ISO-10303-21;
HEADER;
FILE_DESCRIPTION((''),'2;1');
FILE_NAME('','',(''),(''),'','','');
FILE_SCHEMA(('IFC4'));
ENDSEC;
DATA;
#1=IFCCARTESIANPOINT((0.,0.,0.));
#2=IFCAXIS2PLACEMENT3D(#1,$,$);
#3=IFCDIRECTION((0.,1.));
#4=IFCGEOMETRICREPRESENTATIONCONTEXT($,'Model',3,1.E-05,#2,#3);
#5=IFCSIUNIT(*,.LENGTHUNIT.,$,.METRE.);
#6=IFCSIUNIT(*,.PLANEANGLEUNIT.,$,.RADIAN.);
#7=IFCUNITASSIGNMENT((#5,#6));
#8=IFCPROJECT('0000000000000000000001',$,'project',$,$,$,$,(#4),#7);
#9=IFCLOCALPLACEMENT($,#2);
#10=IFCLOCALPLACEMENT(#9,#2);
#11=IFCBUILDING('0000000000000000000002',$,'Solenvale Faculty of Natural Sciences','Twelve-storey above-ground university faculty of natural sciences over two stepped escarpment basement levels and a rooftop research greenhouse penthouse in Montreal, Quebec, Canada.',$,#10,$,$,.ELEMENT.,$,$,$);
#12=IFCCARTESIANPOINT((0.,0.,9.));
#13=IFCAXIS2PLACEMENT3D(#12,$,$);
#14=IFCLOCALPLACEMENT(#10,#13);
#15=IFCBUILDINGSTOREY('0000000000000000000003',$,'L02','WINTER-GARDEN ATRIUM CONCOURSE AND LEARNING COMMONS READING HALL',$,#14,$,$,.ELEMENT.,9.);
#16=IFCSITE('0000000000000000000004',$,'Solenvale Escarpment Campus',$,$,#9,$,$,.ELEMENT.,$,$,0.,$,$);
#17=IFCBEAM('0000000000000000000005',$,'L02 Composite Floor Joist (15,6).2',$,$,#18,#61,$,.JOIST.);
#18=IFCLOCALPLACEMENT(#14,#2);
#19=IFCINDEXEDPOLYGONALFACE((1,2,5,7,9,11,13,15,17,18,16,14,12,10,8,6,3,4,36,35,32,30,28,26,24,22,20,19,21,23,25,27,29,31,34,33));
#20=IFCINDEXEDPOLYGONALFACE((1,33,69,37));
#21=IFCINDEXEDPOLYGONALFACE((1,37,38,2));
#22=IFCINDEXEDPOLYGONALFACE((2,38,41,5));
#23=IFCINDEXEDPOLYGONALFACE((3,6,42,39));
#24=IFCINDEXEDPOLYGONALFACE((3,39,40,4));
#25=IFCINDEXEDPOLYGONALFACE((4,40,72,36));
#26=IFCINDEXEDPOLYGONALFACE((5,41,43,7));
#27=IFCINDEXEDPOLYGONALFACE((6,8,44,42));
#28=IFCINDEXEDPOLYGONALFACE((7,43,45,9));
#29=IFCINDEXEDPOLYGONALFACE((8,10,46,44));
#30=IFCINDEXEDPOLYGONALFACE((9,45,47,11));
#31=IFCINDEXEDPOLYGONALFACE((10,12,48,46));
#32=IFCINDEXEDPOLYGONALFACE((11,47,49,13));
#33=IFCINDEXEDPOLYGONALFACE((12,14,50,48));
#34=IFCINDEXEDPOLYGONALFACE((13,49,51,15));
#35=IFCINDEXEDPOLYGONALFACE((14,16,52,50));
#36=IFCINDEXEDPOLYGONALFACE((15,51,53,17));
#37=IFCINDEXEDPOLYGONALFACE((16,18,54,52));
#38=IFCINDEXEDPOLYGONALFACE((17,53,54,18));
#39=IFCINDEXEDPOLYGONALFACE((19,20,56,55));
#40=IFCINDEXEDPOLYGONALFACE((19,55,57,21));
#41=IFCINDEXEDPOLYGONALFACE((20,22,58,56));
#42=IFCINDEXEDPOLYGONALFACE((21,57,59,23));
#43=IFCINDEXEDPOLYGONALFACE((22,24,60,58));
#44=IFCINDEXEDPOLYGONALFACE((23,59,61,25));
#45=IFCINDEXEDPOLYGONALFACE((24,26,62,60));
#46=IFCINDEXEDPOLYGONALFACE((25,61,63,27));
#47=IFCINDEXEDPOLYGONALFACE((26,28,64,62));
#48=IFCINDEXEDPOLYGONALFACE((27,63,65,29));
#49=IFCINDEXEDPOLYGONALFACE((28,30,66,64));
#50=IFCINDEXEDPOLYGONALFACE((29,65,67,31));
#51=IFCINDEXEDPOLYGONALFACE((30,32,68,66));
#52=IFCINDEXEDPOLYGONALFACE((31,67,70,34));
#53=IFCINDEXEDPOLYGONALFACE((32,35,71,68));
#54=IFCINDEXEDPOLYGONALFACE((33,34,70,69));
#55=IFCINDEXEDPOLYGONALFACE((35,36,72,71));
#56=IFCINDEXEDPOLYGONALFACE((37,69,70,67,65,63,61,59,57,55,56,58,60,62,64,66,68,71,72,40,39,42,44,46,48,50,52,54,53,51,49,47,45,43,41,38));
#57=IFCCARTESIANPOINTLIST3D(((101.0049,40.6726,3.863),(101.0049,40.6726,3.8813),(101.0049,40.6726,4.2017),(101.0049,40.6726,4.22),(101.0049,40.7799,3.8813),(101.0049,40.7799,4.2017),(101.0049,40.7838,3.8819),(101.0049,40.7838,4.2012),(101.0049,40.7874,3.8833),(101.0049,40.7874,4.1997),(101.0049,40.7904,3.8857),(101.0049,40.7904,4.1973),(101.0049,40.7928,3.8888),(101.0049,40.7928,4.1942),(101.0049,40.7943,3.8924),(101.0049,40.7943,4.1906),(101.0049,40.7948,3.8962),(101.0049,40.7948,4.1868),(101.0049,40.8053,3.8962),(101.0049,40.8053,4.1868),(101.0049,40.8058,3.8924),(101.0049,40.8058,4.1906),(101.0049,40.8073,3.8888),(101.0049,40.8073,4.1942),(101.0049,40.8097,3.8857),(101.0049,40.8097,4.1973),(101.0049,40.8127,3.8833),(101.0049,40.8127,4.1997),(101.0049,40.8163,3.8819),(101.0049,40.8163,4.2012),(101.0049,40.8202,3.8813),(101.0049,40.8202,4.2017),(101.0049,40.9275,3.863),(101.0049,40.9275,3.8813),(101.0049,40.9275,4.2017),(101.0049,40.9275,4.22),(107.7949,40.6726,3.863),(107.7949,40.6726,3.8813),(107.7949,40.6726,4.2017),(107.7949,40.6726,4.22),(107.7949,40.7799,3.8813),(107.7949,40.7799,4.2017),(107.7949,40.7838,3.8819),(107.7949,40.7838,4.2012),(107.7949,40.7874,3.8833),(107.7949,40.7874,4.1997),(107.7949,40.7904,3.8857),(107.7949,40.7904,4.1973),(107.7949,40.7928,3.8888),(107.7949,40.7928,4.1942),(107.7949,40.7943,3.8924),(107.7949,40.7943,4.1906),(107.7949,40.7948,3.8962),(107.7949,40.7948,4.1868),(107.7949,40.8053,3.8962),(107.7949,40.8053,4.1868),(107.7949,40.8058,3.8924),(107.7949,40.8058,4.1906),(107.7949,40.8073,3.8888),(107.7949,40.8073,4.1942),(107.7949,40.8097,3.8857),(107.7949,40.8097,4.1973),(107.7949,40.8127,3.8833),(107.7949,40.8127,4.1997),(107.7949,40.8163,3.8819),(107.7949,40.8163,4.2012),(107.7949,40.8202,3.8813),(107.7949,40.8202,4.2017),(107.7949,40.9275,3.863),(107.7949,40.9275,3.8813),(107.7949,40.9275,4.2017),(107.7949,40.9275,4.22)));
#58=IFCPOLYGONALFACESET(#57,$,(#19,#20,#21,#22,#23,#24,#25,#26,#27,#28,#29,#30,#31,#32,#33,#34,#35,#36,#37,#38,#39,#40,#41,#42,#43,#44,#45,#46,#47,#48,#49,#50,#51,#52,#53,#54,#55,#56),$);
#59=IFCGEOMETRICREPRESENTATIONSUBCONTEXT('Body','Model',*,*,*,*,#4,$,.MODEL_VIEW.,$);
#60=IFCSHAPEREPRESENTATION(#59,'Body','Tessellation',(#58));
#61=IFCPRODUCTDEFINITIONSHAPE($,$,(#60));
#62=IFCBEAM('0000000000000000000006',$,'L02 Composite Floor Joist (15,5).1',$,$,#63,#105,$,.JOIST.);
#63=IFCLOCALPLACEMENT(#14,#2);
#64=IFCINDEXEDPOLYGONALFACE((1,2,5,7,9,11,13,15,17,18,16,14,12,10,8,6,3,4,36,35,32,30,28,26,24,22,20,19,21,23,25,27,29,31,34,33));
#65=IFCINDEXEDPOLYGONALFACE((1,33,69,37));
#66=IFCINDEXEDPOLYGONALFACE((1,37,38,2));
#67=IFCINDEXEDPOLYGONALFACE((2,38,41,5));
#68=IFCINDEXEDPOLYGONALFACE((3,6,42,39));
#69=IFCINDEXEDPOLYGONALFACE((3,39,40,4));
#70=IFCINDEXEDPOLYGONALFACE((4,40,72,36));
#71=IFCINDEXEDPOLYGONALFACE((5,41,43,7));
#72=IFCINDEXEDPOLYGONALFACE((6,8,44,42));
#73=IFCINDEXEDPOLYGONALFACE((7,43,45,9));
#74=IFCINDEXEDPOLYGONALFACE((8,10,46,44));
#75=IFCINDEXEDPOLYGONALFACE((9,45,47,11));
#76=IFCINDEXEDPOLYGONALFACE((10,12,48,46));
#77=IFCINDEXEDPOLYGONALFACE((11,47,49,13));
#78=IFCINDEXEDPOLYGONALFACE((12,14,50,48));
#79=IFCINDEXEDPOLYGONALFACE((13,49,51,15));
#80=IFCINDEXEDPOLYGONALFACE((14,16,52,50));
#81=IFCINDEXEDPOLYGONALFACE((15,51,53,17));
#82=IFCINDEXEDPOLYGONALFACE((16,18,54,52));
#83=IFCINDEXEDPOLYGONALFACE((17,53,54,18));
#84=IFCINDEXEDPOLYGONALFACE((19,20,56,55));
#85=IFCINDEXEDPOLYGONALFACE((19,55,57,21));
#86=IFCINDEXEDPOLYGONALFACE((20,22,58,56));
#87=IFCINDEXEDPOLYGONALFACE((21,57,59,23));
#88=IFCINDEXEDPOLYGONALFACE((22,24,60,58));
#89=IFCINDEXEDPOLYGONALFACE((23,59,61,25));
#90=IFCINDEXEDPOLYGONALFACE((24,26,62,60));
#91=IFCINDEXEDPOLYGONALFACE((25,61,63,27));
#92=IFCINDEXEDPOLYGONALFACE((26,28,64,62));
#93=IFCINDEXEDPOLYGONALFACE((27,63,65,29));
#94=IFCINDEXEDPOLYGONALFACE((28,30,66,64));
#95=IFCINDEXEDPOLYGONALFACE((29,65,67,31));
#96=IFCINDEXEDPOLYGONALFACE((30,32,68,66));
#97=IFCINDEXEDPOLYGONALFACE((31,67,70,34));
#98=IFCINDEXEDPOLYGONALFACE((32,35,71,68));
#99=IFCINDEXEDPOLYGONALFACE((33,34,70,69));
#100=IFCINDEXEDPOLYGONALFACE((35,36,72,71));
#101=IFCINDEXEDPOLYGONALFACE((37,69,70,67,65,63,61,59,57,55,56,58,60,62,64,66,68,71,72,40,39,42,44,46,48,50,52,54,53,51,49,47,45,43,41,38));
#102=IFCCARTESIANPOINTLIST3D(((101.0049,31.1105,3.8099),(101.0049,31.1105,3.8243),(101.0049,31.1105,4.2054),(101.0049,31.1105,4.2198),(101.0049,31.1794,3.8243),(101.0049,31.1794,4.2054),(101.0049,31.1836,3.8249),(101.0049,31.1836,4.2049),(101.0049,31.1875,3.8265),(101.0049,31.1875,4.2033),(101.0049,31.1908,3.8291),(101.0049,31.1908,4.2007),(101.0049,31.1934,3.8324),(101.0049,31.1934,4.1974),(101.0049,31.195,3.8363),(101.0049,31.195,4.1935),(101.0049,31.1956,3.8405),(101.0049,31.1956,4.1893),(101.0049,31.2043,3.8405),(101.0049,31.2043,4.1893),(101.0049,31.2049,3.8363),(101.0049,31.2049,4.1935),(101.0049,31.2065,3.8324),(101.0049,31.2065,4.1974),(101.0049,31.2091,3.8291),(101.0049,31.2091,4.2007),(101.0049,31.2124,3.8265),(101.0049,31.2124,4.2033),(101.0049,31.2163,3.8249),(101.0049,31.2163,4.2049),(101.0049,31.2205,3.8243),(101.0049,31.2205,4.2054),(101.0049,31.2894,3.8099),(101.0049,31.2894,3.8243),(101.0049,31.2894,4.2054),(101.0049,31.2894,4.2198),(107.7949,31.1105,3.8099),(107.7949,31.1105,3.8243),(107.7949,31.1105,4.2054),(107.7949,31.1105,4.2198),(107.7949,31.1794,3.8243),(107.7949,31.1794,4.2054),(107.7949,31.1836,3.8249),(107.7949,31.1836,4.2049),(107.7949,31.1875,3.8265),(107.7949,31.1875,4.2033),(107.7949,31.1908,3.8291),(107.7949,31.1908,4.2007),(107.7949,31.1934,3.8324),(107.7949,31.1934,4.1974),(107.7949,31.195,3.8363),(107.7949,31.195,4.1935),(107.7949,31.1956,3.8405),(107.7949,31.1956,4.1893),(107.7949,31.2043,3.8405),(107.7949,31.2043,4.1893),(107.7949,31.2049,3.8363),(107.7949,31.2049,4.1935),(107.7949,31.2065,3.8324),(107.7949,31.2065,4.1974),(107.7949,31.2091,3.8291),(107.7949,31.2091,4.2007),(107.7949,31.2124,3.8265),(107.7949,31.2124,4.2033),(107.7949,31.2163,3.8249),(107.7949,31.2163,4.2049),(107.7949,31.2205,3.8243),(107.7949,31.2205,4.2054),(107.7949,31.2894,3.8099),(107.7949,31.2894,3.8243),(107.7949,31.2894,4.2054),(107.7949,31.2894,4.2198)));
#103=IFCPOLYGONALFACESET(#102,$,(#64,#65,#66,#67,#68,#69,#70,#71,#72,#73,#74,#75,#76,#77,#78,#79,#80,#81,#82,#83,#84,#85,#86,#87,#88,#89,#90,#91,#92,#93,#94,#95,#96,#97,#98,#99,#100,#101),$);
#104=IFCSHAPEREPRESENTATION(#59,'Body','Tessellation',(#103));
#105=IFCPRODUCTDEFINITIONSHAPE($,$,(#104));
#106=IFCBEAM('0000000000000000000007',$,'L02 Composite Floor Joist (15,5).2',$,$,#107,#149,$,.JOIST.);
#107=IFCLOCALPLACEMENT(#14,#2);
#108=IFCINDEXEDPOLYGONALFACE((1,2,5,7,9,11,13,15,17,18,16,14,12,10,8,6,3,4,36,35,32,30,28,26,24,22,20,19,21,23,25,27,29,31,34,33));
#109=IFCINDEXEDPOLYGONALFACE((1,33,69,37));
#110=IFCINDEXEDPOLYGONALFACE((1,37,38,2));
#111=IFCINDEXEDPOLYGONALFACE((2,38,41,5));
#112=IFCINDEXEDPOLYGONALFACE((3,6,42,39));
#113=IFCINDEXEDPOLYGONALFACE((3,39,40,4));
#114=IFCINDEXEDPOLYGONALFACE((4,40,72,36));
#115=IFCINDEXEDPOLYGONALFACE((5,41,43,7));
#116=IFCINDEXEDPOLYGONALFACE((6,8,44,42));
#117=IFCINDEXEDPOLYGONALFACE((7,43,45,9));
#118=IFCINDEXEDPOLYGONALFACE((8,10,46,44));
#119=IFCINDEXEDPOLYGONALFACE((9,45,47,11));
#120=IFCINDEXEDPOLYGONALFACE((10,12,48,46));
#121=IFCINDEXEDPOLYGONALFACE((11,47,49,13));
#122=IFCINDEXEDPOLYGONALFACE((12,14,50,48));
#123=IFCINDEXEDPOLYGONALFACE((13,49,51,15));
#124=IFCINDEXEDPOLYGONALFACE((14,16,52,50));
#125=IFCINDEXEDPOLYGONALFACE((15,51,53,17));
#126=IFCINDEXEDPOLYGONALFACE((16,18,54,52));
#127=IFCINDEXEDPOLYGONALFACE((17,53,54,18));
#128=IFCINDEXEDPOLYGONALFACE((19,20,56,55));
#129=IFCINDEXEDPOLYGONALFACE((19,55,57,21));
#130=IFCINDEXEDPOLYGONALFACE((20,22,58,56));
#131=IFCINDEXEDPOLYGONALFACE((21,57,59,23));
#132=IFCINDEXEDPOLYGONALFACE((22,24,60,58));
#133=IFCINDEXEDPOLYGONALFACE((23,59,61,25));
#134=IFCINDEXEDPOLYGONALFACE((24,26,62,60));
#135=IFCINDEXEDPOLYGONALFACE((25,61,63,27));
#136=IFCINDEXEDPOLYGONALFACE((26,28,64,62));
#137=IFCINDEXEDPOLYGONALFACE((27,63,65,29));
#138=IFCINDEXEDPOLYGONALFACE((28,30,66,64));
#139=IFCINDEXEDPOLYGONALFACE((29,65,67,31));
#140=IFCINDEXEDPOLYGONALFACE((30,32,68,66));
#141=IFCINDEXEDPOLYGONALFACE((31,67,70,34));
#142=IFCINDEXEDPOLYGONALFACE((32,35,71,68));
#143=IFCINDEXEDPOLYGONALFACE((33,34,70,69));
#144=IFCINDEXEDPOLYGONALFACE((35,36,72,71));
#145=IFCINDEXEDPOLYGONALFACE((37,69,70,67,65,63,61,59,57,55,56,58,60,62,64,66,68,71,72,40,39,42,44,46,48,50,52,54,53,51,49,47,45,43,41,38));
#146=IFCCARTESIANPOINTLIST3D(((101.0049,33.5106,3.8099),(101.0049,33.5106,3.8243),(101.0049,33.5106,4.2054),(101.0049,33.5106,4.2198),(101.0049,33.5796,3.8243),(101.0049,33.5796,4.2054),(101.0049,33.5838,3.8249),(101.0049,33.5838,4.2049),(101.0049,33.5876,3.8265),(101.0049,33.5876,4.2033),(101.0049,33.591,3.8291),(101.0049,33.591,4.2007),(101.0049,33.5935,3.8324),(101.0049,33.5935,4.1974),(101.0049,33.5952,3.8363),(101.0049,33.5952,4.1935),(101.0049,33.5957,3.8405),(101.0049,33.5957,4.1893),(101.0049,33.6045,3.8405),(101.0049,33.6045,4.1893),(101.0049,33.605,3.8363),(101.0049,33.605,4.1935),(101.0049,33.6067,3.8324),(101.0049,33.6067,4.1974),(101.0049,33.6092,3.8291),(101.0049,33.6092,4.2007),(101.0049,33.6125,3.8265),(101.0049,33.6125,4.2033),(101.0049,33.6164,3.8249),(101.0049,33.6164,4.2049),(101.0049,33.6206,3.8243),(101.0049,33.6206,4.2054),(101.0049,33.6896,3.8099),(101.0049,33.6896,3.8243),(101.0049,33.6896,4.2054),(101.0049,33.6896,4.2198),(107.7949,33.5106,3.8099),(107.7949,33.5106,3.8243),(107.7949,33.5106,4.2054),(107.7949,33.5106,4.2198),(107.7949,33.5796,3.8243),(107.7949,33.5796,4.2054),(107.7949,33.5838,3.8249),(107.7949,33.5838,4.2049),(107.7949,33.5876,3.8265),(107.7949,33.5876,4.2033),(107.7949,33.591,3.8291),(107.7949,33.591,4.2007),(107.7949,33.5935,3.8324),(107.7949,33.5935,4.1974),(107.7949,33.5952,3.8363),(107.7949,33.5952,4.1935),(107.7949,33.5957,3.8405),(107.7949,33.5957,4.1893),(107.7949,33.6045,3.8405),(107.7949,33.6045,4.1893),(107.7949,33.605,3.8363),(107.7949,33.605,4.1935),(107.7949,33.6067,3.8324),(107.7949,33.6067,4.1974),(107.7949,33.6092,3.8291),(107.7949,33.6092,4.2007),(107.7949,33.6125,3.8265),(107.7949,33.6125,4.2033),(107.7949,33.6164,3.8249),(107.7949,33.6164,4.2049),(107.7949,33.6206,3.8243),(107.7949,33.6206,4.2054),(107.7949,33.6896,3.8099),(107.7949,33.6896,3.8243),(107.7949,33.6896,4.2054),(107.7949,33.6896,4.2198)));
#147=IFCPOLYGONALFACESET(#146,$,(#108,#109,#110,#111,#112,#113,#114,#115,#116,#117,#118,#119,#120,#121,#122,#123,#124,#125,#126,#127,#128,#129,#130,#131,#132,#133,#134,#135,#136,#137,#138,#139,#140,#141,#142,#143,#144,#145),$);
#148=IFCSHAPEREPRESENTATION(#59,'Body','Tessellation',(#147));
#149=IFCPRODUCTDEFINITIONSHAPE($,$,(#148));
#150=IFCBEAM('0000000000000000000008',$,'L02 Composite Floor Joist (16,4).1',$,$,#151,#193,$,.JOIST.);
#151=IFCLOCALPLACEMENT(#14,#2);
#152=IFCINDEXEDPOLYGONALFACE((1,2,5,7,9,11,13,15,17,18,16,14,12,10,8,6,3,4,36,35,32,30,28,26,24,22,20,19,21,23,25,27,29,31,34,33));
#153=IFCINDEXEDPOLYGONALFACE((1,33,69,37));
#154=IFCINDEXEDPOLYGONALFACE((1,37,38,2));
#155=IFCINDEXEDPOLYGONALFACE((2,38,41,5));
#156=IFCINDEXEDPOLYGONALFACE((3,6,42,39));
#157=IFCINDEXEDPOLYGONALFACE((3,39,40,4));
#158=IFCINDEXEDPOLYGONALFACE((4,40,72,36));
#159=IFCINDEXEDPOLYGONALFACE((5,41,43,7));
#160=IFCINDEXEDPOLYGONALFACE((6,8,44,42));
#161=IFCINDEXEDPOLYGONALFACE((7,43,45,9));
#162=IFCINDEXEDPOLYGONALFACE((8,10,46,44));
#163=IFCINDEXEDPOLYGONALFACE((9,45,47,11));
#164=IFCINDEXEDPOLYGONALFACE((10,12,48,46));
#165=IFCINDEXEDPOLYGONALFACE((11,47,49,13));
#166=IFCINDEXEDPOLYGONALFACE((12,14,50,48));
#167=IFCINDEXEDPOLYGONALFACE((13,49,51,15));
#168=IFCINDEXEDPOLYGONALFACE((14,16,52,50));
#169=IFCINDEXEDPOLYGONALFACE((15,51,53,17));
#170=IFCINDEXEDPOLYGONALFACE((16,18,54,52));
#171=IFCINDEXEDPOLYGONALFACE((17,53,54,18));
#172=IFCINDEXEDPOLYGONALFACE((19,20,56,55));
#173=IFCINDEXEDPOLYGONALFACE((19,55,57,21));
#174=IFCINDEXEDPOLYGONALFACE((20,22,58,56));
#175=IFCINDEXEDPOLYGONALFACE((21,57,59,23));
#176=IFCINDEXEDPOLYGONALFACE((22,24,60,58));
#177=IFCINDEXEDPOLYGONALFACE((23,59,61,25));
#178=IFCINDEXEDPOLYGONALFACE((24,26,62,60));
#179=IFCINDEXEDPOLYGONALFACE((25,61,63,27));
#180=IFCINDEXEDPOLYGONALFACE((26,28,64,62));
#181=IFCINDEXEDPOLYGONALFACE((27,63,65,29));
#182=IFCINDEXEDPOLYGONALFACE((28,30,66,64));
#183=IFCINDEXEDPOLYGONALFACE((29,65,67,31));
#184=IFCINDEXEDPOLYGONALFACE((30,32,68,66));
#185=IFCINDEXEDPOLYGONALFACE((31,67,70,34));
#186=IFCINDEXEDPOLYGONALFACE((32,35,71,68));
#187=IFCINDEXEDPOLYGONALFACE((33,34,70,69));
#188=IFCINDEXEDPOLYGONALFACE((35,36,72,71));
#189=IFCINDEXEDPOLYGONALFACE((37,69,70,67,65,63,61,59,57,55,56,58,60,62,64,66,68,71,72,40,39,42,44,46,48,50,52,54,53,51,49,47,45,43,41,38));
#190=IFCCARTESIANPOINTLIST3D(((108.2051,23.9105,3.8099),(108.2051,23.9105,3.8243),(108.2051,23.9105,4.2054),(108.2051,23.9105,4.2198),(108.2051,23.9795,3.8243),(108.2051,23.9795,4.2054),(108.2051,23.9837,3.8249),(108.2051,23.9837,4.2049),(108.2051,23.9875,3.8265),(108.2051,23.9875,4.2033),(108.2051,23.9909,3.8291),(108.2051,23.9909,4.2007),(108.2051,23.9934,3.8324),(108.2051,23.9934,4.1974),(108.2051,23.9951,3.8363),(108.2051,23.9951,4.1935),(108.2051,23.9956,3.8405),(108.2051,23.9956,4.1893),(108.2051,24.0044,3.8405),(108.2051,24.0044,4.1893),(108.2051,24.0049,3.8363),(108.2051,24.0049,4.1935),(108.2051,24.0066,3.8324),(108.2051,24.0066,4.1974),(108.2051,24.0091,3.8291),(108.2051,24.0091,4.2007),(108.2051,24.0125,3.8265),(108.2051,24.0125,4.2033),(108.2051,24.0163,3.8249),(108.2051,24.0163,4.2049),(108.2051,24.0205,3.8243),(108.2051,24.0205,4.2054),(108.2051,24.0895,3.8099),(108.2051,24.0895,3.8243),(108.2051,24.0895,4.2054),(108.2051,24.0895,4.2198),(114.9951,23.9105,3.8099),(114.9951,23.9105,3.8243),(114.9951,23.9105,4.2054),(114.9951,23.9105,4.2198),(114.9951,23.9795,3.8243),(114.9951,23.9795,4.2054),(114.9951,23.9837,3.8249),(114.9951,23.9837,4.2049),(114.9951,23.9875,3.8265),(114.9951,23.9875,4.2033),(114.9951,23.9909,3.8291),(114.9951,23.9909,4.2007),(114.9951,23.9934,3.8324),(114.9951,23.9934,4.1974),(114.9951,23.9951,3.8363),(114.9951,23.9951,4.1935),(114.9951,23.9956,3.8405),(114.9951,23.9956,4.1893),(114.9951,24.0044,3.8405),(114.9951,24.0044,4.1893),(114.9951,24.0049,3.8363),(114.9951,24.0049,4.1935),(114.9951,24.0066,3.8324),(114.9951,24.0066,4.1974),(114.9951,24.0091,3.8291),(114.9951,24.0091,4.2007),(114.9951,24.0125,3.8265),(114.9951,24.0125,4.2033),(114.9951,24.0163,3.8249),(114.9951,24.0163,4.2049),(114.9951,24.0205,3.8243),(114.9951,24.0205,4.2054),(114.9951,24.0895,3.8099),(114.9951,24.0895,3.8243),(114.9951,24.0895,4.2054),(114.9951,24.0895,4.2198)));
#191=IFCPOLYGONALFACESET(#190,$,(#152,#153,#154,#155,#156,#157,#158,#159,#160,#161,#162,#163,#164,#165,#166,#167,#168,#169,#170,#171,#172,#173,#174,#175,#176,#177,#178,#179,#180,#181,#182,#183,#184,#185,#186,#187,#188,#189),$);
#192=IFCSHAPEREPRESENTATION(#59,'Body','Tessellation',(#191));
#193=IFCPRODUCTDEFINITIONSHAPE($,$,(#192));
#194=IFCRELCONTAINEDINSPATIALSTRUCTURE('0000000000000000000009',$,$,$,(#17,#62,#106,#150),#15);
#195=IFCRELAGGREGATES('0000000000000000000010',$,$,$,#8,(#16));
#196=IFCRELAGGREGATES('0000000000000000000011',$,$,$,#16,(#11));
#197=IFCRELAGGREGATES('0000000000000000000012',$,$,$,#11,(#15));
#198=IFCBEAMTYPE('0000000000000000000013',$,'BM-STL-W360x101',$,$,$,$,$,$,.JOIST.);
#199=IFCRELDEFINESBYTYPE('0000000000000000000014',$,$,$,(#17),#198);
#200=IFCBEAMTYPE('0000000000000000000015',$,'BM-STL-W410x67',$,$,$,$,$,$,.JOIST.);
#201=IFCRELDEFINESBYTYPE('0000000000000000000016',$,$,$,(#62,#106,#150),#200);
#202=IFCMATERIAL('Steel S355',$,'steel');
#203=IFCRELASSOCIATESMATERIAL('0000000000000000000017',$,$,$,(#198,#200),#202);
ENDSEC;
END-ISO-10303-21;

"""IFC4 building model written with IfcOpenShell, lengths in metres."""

from ifc_helpers import new_model, si_unit, direction, frame, origin, origin_2d, place, context, subcontext, project, spatial, i_section, extrude, material, material_profile, profile_set, type_object, element, save


model = new_model("IFC4")

# Units and contexts
model_context = context("Model", 3, precision=1e-05, world=origin(), true_north=direction((0.0, 1.0)))
body_context = subcontext(model_context, "Body", "Model", "MODEL_VIEW")
ifc_project = project(units=[si_unit("LENGTHUNIT", "METRE"), si_unit("PLANEANGLEUNIT", "RADIAN")], contexts=[model_context])

# Site, building, storey
site_placement = place(None, origin())
site = spatial("IfcSite", under=ifc_project, at=site_placement, Name="Solenvale Escarpment Campus", CompositionType="ELEMENT", RefElevation=0.0)
building_placement = place(site_placement, origin())
building = spatial("IfcBuilding", under=site, at=building_placement, Name="Solenvale Faculty of Natural Sciences", Description="Twelve-storey above-ground university faculty of natural sciences over two stepped escarpment basement levels and a rooftop research greenhouse penthouse in Montreal, Quebec, Canada.", CompositionType="ELEMENT")
storey_placement = place(building_placement, frame((0.0, 0.0, 9.0)))
storey = spatial("IfcBuildingStorey", under=building, at=storey_placement, Name="L02", Description="WINTER-GARDEN ATRIUM CONCOURSE AND LEARNING COMMONS READING HALL", CompositionType="ELEMENT", Elevation=9.0)

# Beams
ifc_material_1 = material(Name="Steel S355", Category="steel")
ifc_material_profile_1 = material_profile(ifc_material_1, i_section(OverallWidth=0.2549, OverallDepth=0.3569, WebThickness=0.0105, FlangeThickness=0.0183, FilletRadius=0.0149, at=origin_2d()), Name="W360x101")
ifc_profile_set_1 = profile_set([ifc_material_profile_1], Name="Steel S355")
beam_type_1 = type_object("IfcBeamType", Name="BM-STL-W360x101", PredefinedType="JOIST", material=ifc_profile_set_1)
for number, where, z_axis, x_axis, name in (
    (1, (101.0049, 40.8, 4.0415), (1.0, 0.0, 0.0), (0.0, 1.0, 0.0), "L02 Composite Floor Joist (15,6).2"),
):
    element("IfcBeam", number, at=place(storey_placement, frame(where, z_axis=z_axis, x_axis=x_axis)), inside=storey, type_object=beam_type_1, Name=name, PredefinedType="JOIST", context=body_context, shape_type="SweptSolid", body=[
        extrude(i_section(OverallWidth=0.2549, OverallDepth=0.3569, WebThickness=0.0105, FlangeThickness=0.0183, FilletRadius=0.0149, at=origin_2d()), origin(), (0.0, 0.0, 1.0), 6.79),
    ])
ifc_material_profile_2 = material_profile(ifc_material_1, i_section(OverallWidth=0.179, OverallDepth=0.4099, WebThickness=0.0088, FlangeThickness=0.0144, FilletRadius=0.0161, at=origin_2d()), Name="W410x67")
ifc_profile_set_2 = profile_set([ifc_material_profile_2], Name="Steel S355")
beam_type_2 = type_object("IfcBeamType", Name="BM-STL-W410x67", PredefinedType="JOIST", material=ifc_profile_set_2)
for number, where, z_axis, x_axis, name in (
    (2, (101.0049, 31.2, 4.0149), (1.0, 0.0, 0.0), (0.0, 1.0, 0.0), "L02 Composite Floor Joist (15,5).1"),
    (3, (101.0049, 33.6001, 4.0149), (1.0, 0.0, 0.0), (0.0, 1.0, 0.0), "L02 Composite Floor Joist (15,5).2"),
    (4, (108.2051, 24.0, 4.0149), (1.0, 0.0, 0.0), (0.0, 1.0, 0.0), "L02 Composite Floor Joist (16,4).1"),
):
    element("IfcBeam", number, at=place(storey_placement, frame(where, z_axis=z_axis, x_axis=x_axis)), inside=storey, type_object=beam_type_2, Name=name, PredefinedType="JOIST", context=body_context, shape_type="SweptSolid", body=[
        extrude(i_section(OverallWidth=0.179, OverallDepth=0.4099, WebThickness=0.0088, FlangeThickness=0.0144, FilletRadius=0.0161, at=origin_2d()), origin(), (0.0, 0.0, 1.0), 6.79),
    ])

save(model, "model.ifc")
